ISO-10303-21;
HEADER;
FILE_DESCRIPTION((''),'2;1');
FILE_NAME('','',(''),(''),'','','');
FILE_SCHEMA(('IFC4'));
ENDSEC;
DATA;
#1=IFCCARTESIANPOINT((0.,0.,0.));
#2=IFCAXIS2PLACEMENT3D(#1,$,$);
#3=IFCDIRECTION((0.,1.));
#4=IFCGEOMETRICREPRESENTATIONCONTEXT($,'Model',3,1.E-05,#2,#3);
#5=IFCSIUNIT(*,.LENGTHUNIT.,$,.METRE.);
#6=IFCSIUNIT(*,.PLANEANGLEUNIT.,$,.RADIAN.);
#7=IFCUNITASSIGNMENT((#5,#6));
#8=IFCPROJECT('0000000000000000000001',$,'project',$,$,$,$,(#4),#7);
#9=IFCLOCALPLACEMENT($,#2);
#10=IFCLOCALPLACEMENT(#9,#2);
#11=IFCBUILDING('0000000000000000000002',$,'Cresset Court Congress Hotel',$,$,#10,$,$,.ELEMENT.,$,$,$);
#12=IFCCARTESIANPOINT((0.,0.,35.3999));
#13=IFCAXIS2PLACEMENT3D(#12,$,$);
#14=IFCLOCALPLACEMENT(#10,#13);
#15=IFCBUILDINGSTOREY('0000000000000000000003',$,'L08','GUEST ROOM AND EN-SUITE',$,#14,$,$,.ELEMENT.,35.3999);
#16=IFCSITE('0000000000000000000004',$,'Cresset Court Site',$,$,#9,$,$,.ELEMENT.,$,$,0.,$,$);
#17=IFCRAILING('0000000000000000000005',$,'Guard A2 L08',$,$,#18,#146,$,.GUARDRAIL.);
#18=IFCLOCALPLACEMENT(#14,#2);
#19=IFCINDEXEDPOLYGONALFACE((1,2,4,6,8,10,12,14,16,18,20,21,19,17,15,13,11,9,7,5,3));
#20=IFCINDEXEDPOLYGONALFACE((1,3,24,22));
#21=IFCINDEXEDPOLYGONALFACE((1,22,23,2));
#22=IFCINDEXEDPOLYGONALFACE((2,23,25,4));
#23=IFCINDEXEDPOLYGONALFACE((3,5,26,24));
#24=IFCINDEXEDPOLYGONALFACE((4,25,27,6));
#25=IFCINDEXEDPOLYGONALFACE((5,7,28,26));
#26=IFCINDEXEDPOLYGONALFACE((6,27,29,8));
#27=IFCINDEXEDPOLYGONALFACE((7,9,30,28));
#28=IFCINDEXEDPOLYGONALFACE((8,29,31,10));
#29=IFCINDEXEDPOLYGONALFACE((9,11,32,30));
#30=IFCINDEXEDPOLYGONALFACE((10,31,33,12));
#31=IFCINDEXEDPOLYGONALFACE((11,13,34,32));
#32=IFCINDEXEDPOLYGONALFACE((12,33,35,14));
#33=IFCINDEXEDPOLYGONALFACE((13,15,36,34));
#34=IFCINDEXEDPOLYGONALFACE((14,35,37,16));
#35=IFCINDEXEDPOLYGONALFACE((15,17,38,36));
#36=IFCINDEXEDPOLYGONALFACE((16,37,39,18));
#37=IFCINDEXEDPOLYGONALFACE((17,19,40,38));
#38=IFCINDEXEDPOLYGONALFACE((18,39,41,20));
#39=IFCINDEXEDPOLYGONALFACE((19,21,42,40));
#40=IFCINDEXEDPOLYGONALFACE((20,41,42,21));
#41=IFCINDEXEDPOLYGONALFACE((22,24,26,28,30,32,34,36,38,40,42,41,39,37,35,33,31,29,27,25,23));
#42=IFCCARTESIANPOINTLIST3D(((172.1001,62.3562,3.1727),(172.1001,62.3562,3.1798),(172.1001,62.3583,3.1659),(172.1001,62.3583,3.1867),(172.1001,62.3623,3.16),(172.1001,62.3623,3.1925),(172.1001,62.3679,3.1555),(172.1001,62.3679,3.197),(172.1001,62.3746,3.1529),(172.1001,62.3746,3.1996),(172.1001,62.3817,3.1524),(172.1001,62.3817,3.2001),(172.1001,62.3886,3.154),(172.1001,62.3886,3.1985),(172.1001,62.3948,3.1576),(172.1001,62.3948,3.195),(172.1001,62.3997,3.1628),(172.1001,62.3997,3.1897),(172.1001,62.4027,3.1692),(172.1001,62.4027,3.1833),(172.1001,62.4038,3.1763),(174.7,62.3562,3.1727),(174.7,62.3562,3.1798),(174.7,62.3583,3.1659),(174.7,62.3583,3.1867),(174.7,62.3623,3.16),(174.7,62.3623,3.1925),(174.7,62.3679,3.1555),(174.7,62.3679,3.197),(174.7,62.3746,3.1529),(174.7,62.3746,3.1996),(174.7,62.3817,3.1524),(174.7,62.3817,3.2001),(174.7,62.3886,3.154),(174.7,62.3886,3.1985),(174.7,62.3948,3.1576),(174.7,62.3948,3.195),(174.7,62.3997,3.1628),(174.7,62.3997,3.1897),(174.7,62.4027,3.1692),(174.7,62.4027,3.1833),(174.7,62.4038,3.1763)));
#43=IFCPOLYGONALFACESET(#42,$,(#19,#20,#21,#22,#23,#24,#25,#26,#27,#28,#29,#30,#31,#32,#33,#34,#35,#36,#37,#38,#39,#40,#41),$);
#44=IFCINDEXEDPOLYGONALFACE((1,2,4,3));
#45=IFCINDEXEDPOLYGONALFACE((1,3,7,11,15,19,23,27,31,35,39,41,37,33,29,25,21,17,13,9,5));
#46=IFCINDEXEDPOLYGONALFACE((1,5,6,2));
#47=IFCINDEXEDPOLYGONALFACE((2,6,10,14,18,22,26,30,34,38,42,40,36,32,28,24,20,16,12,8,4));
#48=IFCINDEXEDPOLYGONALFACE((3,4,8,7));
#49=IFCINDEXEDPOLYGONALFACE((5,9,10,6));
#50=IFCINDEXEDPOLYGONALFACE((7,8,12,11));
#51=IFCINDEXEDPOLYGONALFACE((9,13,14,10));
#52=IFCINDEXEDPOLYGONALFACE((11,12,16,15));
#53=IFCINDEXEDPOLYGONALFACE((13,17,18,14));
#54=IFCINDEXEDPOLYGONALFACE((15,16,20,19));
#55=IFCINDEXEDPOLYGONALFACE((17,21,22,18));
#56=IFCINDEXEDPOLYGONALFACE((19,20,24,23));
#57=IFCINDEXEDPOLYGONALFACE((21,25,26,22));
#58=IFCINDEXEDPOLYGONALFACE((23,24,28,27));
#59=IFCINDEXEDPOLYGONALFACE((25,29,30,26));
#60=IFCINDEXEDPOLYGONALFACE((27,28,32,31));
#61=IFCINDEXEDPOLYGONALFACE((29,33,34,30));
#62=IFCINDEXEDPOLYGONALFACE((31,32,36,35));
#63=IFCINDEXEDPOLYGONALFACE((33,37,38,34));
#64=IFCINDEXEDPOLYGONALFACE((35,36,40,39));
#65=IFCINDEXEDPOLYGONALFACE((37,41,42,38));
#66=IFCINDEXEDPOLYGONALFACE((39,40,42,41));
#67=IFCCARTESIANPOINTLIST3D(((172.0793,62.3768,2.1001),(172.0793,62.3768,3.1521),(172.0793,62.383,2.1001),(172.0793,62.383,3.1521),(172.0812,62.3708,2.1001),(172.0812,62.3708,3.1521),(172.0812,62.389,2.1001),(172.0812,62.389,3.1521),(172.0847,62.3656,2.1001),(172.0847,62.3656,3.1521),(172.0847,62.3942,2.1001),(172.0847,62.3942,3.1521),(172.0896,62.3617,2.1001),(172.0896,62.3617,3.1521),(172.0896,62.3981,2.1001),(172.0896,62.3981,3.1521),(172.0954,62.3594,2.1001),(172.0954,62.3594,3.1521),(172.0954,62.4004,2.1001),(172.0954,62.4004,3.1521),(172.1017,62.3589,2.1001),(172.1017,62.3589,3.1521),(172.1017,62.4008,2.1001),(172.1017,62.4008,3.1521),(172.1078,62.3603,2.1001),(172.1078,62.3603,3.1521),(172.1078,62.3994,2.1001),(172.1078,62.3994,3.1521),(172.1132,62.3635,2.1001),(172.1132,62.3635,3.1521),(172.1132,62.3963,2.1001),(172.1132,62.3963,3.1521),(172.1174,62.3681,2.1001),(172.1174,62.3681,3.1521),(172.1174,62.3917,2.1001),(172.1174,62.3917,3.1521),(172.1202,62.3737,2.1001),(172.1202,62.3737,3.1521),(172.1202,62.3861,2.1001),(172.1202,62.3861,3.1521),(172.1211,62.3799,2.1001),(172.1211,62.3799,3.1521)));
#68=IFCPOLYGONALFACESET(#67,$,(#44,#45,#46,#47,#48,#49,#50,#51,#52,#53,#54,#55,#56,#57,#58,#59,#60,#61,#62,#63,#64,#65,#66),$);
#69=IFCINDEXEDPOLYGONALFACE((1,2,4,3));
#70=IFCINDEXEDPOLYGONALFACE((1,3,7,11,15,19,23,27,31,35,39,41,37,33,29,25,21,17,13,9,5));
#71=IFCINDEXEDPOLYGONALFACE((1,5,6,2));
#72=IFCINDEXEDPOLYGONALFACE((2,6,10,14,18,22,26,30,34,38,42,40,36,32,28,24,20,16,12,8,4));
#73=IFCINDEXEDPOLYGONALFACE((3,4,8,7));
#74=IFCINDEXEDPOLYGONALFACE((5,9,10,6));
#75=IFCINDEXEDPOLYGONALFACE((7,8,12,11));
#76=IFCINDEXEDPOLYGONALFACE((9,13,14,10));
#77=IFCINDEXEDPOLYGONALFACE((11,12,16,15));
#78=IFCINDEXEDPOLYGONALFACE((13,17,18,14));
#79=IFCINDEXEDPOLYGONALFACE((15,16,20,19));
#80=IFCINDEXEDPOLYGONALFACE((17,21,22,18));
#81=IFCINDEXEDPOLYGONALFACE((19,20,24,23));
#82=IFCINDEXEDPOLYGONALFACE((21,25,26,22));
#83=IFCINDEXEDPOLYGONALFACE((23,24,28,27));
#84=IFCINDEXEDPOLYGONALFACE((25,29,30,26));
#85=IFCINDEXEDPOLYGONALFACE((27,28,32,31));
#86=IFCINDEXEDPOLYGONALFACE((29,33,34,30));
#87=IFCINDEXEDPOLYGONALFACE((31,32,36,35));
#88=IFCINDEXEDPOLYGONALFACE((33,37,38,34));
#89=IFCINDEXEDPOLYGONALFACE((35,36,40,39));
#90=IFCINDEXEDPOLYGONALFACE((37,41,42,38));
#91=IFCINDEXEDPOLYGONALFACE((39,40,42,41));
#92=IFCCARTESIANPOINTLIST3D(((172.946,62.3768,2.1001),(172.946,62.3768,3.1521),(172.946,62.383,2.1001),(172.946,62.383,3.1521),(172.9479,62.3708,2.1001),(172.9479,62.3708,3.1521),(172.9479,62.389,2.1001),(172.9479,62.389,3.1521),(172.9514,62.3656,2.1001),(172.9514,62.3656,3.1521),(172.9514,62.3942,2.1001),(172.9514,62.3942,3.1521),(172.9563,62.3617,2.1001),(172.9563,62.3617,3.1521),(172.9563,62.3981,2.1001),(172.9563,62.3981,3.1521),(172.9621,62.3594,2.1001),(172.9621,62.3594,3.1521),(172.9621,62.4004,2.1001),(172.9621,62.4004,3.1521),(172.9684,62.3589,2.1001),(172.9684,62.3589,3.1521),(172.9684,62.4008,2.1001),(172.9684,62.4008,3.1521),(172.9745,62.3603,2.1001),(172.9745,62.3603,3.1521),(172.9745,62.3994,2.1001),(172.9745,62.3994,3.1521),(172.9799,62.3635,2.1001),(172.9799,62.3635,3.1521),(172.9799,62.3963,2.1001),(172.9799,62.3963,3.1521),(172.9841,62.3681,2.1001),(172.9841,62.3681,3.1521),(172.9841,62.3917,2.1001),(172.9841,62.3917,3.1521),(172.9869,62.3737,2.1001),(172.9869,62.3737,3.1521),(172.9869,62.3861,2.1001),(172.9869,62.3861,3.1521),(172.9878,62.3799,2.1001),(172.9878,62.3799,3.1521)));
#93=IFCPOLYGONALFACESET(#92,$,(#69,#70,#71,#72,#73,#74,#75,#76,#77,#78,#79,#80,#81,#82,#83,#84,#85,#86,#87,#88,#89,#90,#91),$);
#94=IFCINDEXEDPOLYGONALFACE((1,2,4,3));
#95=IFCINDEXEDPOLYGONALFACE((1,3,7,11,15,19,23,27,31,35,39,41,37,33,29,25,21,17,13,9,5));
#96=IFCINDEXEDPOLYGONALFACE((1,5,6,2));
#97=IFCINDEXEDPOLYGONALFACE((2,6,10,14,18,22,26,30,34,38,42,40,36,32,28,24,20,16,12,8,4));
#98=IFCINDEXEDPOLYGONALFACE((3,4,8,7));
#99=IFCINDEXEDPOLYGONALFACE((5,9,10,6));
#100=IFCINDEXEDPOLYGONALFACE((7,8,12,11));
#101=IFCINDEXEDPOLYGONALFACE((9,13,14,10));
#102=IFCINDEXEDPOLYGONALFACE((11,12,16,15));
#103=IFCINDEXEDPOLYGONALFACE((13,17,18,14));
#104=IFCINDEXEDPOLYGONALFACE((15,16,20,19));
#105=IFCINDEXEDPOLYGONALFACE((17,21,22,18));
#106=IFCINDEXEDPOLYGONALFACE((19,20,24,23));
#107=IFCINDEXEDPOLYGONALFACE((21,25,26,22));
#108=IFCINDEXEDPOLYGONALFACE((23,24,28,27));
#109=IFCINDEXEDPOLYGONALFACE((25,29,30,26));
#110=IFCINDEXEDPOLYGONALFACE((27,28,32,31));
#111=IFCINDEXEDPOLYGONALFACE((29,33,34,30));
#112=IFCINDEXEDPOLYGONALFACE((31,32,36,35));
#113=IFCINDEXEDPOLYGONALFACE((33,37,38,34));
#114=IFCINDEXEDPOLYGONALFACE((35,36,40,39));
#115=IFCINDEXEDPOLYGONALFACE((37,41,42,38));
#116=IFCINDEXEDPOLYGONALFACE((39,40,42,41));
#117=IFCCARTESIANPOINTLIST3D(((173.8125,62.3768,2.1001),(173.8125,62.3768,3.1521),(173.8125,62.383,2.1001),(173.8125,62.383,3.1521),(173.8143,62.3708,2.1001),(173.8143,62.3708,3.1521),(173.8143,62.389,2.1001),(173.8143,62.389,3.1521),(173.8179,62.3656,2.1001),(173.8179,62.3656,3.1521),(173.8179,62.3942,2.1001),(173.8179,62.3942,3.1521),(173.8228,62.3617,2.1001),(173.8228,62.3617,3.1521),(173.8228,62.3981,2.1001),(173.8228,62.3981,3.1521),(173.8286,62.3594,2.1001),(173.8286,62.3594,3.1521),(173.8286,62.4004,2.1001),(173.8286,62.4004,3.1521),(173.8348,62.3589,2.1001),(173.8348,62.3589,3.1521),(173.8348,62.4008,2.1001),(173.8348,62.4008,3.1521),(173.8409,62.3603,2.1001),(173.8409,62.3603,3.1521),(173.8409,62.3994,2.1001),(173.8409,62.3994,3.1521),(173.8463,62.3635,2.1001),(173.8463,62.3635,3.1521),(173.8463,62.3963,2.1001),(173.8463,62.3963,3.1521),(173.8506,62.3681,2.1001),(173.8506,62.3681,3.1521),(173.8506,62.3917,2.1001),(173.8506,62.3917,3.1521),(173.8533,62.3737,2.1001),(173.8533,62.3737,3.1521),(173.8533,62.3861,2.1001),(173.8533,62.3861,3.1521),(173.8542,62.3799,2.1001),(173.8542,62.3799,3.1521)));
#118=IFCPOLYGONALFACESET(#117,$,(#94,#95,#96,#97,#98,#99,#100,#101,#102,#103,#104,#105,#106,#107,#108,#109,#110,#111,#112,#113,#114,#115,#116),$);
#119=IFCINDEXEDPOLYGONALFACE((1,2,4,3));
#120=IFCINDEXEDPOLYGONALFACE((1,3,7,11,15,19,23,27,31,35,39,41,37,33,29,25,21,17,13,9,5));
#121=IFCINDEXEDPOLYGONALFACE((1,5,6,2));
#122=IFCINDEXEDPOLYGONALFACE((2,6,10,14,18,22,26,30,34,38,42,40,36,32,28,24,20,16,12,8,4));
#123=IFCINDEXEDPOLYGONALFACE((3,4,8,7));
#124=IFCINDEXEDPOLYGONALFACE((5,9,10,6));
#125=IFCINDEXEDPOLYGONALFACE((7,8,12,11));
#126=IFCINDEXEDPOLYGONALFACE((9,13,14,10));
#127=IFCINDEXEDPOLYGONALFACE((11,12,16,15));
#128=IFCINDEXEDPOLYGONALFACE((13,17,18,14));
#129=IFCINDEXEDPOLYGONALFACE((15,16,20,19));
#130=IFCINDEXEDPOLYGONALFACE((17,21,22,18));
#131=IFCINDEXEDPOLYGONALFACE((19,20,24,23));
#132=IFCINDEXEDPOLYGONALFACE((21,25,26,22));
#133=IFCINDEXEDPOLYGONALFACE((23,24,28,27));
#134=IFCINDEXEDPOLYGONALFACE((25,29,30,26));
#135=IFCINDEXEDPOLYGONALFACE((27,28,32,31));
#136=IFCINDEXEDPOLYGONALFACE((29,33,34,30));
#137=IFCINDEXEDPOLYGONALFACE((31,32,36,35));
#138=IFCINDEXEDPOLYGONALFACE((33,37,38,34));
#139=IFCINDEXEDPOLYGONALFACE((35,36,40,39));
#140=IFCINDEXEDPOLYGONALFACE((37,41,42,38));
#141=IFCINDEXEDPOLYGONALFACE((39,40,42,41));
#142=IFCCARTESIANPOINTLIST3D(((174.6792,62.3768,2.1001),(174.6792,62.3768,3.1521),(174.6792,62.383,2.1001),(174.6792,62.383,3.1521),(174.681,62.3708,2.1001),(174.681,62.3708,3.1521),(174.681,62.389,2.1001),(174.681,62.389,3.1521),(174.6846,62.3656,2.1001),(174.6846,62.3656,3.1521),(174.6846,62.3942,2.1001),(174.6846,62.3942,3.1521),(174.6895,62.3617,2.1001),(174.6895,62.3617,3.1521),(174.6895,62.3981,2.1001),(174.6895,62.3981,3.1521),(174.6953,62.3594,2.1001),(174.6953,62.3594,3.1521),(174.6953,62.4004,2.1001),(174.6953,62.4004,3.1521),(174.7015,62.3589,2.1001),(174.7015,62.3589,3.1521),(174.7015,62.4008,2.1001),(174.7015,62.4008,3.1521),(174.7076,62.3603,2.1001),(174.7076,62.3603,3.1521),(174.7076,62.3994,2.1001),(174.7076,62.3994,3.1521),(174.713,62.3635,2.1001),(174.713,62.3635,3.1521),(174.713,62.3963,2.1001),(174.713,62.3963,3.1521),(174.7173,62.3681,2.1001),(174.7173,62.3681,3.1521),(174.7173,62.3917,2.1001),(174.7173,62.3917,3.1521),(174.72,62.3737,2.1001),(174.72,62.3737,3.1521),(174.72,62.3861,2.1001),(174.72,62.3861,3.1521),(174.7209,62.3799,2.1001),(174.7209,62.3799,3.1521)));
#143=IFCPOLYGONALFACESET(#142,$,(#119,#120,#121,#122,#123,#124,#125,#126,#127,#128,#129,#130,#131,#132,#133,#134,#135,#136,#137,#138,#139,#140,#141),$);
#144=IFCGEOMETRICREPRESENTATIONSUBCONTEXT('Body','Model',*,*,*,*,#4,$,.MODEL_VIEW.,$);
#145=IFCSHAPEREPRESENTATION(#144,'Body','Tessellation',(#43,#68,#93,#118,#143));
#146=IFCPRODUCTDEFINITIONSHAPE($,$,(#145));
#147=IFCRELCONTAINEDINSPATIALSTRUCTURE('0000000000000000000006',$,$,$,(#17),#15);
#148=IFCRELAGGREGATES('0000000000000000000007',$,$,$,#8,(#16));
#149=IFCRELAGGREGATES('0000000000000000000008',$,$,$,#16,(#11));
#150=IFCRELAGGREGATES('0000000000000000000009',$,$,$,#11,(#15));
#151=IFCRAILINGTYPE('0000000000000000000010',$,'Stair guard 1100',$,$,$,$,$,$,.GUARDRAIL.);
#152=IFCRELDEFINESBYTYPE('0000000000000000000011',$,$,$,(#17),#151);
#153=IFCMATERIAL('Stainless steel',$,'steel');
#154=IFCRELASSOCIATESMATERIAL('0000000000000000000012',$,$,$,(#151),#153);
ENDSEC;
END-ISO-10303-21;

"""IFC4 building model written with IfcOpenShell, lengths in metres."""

from ifc_helpers import new_model, si_unit, direction, frame, origin, origin_2d, place, context, subcontext, project, spatial, circle, extrude, material, type_object, element, save


model = new_model("IFC4")

# Units and contexts
model_context = context("Model", 3, precision=1e-05, world=origin(), true_north=direction((0.0, 1.0)))
body_context = subcontext(model_context, "Body", "Model", "MODEL_VIEW")
ifc_project = project(units=[si_unit("LENGTHUNIT", "METRE"), si_unit("PLANEANGLEUNIT", "RADIAN")], contexts=[model_context])

# Site, building, storey
site_placement = place(None, origin())
site = spatial("IfcSite", under=ifc_project, at=site_placement, Name="Cresset Court Site", CompositionType="ELEMENT", RefElevation=0.0)
building_placement = place(site_placement, origin())
building = spatial("IfcBuilding", under=site, at=building_placement, Name="Cresset Court Congress Hotel", CompositionType="ELEMENT")
storey_placement = place(building_placement, frame((0.0, 0.0, 35.3999)))
storey = spatial("IfcBuildingStorey", under=building, at=storey_placement, Name="L08", Description="GUEST ROOM AND EN-SUITE", CompositionType="ELEMENT", Elevation=35.3999)

# Railing
ifc_material_1 = material(Name="Stainless steel", Category="steel")
railing_type_1 = type_object("IfcRailingType", Name="Stair guard 1100", PredefinedType="GUARDRAIL", material=ifc_material_1)
for number, where, name in (
    (1, (172.1001, 62.3799, 2.1001), "Guard A2 L08"),
):
    element("IfcRailing", number, at=place(storey_placement, frame(where)), inside=storey, type_object=railing_type_1, Name=name, PredefinedType="GUARDRAIL", context=body_context, shape_type="SweptSolid", body=[
        extrude(circle(Radius=0.0239, at=origin_2d()), frame((0.0, 0.0, 1.0762), z_axis=(1.0, 0.0, 0.0), x_axis=(0.0, 1.0, 0.0)), (0.0, 0.0, 1.0), 2.5999),
        extrude(circle(Radius=0.021, at=origin_2d()), origin(), (0.0, 0.0, 1.0), 1.052),
        extrude(circle(Radius=0.021, at=origin_2d()), frame((0.8667, 0.0, 0.0)), (0.0, 0.0, 1.0), 1.052),
        extrude(circle(Radius=0.021, at=origin_2d()), frame((1.7332, 0.0, 0.0)), (0.0, 0.0, 1.0), 1.052),
        extrude(circle(Radius=0.021, at=origin_2d()), frame((2.5999, 0.0, 0.0)), (0.0, 0.0, 1.0), 1.052),
    ])

save(model, "model.ifc")
